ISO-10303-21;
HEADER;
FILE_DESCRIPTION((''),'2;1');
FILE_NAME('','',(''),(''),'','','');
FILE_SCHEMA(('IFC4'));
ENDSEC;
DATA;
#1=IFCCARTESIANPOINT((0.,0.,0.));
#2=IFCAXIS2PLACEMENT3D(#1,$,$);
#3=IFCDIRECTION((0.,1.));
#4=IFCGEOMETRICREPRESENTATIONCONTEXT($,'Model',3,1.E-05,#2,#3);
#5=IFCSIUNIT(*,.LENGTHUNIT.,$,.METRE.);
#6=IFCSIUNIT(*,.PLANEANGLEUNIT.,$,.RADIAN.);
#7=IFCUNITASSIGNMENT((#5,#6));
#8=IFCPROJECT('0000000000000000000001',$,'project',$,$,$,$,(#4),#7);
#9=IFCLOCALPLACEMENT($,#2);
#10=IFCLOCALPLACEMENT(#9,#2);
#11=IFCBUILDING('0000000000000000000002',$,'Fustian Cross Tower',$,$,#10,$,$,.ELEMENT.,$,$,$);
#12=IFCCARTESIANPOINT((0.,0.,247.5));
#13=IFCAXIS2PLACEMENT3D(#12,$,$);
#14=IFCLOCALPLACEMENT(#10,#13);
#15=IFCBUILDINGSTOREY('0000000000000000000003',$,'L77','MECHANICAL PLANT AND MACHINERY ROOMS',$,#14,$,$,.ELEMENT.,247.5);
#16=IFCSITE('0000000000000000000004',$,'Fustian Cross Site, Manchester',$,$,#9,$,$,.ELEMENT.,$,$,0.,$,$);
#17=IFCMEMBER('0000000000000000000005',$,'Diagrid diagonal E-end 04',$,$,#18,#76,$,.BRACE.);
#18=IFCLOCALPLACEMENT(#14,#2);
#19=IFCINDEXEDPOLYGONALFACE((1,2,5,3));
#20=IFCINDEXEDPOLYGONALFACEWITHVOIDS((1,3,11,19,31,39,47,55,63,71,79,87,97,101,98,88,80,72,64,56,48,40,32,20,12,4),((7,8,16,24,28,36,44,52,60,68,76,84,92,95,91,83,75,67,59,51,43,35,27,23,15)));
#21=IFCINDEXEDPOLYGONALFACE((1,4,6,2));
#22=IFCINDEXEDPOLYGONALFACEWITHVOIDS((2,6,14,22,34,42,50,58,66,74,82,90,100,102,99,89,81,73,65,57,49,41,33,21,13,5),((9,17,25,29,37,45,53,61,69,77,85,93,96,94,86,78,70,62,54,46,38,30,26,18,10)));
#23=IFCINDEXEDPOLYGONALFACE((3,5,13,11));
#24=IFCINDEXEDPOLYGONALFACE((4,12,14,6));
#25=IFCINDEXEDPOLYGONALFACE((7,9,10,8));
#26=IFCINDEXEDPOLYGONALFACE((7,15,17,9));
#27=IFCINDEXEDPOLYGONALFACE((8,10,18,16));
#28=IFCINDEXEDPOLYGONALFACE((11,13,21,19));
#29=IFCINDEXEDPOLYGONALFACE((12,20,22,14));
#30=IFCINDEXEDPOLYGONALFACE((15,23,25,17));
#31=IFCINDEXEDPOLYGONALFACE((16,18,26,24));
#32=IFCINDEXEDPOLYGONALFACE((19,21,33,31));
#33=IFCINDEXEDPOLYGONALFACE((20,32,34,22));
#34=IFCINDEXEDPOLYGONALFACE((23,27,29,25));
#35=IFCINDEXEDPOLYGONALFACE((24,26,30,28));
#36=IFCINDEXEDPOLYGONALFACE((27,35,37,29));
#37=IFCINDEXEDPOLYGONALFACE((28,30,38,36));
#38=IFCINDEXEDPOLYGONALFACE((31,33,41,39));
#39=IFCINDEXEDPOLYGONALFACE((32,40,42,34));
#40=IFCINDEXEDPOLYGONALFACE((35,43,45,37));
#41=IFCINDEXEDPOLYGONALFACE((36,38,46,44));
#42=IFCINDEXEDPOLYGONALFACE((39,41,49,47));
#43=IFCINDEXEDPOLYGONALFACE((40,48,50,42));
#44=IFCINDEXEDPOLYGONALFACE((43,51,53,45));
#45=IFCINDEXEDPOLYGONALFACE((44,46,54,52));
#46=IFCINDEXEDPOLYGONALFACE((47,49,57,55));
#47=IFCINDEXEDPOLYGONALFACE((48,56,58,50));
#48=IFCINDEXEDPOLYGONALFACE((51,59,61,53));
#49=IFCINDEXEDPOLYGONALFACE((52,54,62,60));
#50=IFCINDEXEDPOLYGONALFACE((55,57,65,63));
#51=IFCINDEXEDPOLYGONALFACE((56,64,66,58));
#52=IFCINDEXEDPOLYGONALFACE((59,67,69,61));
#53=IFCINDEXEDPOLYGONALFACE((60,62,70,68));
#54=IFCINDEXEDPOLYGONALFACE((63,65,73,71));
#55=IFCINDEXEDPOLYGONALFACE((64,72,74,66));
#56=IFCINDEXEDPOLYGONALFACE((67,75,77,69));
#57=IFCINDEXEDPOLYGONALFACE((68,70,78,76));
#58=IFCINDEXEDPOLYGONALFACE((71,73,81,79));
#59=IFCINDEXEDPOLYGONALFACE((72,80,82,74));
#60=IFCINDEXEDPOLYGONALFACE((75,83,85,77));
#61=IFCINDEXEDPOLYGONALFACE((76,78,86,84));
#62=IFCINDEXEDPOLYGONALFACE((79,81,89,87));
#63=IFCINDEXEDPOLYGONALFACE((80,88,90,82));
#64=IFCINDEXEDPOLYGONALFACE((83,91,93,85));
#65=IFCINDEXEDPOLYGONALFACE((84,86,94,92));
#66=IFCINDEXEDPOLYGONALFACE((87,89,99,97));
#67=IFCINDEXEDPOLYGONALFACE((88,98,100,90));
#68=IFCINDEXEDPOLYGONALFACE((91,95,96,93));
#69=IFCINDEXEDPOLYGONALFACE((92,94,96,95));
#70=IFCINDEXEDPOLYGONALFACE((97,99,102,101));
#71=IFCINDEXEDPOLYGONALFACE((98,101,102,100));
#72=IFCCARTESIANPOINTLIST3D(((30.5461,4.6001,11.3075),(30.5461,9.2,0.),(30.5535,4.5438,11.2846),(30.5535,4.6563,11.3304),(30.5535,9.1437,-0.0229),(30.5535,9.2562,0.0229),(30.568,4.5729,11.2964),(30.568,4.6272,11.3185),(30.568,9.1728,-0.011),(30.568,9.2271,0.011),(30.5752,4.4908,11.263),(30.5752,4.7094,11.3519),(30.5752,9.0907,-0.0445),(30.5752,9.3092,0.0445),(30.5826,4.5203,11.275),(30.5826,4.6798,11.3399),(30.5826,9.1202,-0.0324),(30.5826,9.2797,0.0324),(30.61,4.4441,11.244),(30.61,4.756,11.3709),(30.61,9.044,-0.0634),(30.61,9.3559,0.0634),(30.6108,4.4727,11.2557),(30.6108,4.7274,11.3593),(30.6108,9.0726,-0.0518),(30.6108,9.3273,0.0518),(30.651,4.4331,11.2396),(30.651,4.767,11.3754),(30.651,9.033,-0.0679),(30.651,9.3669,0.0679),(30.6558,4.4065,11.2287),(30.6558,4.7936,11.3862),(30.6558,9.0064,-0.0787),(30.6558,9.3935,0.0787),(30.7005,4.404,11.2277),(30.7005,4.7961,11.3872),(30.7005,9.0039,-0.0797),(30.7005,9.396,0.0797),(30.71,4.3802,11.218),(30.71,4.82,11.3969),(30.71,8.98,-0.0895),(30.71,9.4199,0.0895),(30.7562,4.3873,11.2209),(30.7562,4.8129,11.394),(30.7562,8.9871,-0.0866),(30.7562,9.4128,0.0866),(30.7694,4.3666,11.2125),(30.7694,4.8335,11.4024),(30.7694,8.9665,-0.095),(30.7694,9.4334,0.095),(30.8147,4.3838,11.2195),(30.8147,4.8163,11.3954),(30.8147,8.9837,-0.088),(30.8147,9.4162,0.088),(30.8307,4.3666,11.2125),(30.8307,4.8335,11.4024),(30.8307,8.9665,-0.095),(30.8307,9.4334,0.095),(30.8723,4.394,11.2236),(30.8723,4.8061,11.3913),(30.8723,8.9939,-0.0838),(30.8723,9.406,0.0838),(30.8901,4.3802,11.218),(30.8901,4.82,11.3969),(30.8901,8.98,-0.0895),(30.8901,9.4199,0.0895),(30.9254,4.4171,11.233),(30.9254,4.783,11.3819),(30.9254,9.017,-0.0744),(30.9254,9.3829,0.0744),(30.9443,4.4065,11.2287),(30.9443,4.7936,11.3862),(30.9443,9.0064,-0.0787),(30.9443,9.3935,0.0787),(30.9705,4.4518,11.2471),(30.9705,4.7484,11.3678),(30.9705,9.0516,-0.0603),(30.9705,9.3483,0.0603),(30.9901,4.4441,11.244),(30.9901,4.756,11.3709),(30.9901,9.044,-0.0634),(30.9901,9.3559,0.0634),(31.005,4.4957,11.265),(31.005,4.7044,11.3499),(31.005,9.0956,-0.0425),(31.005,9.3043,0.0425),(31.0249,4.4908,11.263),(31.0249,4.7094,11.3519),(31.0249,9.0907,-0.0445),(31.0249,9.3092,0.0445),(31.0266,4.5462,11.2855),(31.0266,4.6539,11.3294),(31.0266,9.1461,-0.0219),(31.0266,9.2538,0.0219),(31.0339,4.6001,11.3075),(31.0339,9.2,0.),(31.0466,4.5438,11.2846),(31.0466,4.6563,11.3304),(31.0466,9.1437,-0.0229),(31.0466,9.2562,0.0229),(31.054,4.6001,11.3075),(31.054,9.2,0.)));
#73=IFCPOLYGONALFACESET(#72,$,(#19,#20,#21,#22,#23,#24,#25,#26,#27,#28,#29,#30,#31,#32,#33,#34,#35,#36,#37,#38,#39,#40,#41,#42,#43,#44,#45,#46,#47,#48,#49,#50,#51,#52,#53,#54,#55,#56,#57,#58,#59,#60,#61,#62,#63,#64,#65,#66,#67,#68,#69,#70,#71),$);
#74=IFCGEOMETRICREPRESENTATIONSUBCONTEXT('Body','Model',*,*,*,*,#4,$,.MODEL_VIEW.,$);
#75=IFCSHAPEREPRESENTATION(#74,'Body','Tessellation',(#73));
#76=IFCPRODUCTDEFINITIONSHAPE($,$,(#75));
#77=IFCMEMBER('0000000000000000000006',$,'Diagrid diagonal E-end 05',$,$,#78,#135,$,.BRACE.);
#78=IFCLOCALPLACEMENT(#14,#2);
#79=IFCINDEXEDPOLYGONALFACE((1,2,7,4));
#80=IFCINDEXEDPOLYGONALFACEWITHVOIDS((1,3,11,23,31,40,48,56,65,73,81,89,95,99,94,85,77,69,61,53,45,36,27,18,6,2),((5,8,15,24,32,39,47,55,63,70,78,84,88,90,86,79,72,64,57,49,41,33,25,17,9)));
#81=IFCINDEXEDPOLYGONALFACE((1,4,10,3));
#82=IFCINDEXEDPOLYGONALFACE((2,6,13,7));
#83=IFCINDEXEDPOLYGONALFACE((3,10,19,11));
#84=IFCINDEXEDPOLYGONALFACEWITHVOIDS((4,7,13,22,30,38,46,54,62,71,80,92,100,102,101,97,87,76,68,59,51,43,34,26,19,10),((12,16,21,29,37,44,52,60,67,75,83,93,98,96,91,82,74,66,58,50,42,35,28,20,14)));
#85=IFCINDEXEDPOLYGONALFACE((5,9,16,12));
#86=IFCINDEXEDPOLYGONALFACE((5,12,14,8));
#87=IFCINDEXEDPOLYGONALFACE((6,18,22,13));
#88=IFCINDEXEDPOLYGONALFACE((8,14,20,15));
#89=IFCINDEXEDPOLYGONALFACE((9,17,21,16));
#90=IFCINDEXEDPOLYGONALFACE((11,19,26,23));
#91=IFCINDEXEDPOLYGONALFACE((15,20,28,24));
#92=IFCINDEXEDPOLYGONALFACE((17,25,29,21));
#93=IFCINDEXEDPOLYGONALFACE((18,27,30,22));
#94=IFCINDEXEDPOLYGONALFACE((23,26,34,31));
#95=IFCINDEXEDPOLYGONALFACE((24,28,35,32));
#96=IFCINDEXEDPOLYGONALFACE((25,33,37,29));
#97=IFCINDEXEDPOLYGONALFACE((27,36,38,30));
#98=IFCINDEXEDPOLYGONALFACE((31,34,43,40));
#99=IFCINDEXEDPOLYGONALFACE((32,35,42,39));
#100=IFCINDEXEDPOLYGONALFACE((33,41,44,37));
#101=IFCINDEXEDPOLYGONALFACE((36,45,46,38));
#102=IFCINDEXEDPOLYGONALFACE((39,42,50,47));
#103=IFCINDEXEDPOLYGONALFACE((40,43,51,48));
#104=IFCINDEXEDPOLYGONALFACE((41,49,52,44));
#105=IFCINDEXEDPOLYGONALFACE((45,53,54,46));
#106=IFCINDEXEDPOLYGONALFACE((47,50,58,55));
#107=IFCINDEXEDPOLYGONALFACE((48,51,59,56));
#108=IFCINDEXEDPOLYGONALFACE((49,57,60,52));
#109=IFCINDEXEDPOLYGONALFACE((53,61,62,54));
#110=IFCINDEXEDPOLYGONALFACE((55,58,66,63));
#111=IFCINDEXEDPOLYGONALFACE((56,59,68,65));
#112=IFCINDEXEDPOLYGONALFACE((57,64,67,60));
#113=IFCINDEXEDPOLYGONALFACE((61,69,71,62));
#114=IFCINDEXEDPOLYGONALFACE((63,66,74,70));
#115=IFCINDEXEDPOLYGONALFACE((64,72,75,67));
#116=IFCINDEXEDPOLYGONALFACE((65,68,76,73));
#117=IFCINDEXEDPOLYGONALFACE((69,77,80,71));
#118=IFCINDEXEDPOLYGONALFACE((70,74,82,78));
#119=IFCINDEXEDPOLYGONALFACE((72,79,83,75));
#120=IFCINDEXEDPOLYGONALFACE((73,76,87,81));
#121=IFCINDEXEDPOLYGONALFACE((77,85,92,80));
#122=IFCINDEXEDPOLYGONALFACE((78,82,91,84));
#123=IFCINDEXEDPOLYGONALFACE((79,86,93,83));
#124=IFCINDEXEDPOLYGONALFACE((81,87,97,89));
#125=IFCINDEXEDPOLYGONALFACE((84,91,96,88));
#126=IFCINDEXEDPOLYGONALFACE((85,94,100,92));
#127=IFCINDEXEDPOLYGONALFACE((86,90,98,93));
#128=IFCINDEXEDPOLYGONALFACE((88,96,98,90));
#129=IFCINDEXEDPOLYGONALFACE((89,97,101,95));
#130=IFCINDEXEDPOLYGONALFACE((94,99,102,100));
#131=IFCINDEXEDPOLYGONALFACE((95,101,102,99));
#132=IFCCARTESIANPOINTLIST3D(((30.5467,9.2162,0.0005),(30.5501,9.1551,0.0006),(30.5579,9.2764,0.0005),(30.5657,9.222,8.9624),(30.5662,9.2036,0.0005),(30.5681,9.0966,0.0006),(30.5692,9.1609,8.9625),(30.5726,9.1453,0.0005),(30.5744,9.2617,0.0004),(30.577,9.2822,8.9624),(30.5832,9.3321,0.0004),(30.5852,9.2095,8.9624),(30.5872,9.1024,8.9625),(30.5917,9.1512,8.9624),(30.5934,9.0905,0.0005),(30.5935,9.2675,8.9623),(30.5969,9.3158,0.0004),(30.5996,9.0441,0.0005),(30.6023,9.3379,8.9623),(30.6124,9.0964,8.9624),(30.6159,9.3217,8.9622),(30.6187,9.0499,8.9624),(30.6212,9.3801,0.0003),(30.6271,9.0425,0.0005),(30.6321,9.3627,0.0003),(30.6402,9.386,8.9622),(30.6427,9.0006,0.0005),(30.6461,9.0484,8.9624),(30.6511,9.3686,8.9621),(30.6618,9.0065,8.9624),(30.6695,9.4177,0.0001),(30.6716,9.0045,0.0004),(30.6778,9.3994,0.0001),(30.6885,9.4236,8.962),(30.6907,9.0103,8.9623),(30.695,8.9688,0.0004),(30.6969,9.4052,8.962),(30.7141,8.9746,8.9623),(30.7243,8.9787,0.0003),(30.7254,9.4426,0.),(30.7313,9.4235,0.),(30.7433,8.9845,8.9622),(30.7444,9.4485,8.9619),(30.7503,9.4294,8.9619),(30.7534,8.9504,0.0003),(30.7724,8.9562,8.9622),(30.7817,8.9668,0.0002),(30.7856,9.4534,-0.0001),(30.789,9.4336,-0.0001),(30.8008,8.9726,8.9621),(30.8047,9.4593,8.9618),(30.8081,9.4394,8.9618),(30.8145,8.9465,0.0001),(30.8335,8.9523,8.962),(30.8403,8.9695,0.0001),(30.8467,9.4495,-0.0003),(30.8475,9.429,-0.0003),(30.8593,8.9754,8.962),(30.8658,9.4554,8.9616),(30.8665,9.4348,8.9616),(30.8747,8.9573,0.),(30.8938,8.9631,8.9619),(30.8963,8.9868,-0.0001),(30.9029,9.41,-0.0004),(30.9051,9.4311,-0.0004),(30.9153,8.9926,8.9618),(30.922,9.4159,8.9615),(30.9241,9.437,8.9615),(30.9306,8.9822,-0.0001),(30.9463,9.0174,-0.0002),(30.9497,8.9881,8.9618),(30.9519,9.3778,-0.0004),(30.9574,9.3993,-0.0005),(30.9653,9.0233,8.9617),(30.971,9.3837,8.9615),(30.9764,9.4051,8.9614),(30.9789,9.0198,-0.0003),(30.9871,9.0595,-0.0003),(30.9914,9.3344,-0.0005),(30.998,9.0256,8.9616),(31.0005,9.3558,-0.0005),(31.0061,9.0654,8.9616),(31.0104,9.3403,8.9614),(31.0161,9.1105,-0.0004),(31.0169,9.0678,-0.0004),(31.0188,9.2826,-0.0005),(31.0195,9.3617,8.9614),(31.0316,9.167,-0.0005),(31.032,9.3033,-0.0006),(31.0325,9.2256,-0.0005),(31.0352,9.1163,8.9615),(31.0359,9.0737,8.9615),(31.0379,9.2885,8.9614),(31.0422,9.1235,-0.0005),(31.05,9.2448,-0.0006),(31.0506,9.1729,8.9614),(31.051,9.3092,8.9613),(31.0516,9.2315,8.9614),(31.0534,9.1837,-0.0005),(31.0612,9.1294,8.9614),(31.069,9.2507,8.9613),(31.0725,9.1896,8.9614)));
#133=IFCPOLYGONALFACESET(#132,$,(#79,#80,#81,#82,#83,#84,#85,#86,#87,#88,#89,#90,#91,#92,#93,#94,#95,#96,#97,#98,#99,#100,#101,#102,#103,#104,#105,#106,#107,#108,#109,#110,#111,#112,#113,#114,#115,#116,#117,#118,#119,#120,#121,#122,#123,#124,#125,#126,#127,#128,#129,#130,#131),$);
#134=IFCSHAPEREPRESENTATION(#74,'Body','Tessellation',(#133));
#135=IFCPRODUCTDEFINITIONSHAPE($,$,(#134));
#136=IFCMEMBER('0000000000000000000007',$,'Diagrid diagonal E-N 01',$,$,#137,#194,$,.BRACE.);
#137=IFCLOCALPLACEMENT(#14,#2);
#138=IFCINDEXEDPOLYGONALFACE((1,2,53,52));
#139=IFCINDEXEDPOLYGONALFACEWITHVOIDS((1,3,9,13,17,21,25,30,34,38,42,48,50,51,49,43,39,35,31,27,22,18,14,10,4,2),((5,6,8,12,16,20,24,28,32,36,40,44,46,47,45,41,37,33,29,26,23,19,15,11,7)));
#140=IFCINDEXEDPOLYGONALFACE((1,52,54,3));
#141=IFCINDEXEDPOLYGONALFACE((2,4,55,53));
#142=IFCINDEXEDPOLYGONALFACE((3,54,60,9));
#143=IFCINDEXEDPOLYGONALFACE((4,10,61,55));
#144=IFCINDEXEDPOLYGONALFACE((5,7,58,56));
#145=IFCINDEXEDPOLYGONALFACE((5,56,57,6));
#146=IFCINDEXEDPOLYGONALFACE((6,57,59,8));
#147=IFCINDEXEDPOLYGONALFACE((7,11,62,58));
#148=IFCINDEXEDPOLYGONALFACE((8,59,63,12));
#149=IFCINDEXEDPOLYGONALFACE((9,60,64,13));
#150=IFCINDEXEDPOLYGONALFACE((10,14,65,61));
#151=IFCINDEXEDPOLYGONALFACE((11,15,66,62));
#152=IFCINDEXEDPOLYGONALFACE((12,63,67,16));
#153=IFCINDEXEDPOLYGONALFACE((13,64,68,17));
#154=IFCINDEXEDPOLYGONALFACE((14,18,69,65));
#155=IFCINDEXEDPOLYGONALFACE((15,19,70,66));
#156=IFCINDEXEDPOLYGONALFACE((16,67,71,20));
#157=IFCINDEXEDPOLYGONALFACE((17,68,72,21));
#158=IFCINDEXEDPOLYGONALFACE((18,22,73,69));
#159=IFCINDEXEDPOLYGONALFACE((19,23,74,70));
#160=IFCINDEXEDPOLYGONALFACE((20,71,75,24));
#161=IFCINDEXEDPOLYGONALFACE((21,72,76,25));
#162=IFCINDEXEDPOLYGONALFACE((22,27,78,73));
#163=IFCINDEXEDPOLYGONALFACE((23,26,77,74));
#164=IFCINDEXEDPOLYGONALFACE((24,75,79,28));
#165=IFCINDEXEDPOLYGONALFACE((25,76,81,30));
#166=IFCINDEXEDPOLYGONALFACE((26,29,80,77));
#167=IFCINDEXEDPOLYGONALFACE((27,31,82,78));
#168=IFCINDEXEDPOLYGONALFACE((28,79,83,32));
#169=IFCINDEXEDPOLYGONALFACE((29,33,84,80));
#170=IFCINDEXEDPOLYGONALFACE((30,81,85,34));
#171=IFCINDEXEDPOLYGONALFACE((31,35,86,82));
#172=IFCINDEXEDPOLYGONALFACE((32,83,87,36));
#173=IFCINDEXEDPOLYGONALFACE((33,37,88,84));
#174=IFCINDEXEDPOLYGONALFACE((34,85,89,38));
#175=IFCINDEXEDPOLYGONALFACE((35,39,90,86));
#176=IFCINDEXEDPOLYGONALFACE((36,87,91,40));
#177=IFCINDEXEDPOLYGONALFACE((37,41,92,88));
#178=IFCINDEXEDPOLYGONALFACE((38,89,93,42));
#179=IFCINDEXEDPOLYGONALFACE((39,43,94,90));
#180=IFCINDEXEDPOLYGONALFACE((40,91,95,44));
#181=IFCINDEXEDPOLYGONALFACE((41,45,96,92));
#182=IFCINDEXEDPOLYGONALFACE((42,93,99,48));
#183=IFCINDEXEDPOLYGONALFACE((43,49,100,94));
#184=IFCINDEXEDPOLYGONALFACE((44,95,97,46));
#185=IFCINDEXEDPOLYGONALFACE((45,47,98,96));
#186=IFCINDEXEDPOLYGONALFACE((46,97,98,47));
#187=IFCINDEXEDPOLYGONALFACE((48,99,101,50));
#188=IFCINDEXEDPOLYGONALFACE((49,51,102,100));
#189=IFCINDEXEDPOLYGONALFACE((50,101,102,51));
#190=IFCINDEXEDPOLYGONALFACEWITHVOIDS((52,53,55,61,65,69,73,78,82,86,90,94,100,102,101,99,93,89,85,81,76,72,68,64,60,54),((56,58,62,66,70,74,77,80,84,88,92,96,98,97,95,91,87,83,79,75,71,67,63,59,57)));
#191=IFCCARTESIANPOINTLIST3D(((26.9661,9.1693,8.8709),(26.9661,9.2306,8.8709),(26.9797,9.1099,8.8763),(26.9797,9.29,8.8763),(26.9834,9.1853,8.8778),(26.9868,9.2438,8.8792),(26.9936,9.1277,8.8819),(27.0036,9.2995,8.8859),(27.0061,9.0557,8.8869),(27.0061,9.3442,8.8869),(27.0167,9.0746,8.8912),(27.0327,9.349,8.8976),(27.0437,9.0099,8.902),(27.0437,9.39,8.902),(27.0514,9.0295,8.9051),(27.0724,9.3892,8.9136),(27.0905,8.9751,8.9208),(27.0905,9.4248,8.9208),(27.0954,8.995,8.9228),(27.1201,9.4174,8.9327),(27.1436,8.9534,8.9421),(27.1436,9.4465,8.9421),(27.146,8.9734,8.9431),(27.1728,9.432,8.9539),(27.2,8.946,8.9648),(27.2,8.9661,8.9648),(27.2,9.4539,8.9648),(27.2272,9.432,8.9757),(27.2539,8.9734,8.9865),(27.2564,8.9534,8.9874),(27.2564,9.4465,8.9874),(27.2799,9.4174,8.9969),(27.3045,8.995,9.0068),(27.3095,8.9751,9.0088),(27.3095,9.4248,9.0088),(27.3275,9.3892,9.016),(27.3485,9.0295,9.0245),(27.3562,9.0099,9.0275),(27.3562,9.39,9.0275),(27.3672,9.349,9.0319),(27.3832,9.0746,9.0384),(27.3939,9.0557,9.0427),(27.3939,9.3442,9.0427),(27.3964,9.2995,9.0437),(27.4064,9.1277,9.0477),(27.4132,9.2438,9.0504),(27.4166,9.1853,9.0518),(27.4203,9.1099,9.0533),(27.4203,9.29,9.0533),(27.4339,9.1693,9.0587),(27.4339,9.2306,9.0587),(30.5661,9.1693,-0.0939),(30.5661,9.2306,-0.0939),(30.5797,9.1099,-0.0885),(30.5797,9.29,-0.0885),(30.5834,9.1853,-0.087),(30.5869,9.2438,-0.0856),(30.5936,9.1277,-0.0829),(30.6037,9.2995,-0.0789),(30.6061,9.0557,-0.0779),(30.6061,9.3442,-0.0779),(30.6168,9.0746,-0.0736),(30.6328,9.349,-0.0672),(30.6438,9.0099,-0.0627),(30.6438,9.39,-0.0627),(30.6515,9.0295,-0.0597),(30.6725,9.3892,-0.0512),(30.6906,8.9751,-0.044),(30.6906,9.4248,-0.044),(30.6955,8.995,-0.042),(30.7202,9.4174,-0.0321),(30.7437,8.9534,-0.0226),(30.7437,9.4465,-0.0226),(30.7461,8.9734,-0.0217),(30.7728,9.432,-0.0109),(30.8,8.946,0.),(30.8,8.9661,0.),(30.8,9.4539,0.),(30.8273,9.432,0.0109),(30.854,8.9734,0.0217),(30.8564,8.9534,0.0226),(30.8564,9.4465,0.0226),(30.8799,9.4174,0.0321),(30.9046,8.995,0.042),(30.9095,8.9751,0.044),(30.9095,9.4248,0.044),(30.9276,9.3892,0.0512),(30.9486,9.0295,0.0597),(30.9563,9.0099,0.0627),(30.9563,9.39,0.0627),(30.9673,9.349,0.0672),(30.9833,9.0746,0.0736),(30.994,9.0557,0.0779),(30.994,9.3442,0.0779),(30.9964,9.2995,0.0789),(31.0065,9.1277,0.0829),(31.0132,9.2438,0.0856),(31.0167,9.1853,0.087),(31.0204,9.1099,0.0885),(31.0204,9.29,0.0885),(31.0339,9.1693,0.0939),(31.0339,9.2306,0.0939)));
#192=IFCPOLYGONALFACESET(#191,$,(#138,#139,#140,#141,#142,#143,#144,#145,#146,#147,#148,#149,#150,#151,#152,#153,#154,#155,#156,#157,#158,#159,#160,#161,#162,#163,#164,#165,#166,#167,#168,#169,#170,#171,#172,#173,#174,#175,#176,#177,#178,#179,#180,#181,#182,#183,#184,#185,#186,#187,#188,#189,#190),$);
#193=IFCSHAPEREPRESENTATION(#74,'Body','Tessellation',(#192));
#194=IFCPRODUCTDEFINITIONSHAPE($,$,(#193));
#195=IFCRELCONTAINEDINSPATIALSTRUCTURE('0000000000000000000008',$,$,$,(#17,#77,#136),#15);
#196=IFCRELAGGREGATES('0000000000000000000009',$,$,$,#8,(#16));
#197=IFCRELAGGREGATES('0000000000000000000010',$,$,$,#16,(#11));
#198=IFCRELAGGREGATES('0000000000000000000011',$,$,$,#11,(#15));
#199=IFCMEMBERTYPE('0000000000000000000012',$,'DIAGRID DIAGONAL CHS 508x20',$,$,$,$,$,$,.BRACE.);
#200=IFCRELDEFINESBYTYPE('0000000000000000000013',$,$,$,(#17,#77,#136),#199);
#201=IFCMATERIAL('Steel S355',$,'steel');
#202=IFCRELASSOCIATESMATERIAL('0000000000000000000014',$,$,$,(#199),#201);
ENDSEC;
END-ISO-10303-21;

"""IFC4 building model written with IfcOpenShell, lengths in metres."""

from ifc_helpers import new_model, si_unit, direction, frame, origin, origin_2d, place, context, subcontext, project, spatial, hollow_circle, extrude, material, material_profile, profile_set, type_object, element, save


model = new_model("IFC4")

# Units and contexts
model_context = context("Model", 3, precision=1e-05, world=origin(), true_north=direction((0.0, 1.0)))
body_context = subcontext(model_context, "Body", "Model", "MODEL_VIEW")
ifc_project = project(units=[si_unit("LENGTHUNIT", "METRE"), si_unit("PLANEANGLEUNIT", "RADIAN")], contexts=[model_context])

# Site, building, storey
site_placement = place(None, origin())
site = spatial("IfcSite", under=ifc_project, at=site_placement, Name="Fustian Cross Site, Manchester", CompositionType="ELEMENT", RefElevation=0.0)
building_placement = place(site_placement, origin())
building = spatial("IfcBuilding", under=site, at=building_placement, Name="Fustian Cross Tower", CompositionType="ELEMENT")
storey_placement = place(building_placement, frame((0.0, 0.0, 247.5)))
storey = spatial("IfcBuildingStorey", under=building, at=storey_placement, Name="L77", Description="MECHANICAL PLANT AND MACHINERY ROOMS", CompositionType="ELEMENT", Elevation=247.5)

# Members
ifc_material_1 = material(Name="Steel S355", Category="steel")
ifc_material_profile_1 = material_profile(ifc_material_1, hollow_circle(Radius=0.2539, WallThickness=0.02, at=origin_2d()), Name="CHS 508x20")
ifc_profile_set_1 = profile_set([ifc_material_profile_1], Name="Steel S355")
member_type_1 = type_object("IfcMemberType", Name="DIAGRID DIAGONAL CHS 508x20", PredefinedType="BRACE", material=ifc_profile_set_1)
member_1_placement = place(storey_placement, frame((30.8, 9.2, 0.0), z_axis=(0.0, -0.376815, 0.926288), x_axis=(1.0, 0.0, 0.0)))
element("IfcMember", 1, at=member_1_placement, inside=storey, type_object=member_type_1, Name="Diagrid diagonal E-end 04", PredefinedType="BRACE", context=body_context, shape_type="SweptSolid", body=[
    extrude(hollow_circle(Radius=0.2539, WallThickness=0.02, at=origin_2d()), origin(), (0.0, 0.0, 1.0), 12.2073),
])
member_2_placement = place(storey_placement, frame((30.8, 9.2, 0.0), z_axis=(0.002125, 0.000654, 0.999998), x_axis=(-0.294086, 0.955779, 0.0)))
element("IfcMember", 2, at=member_2_placement, inside=storey, type_object=member_type_1, Name="Diagrid diagonal E-end 05", PredefinedType="BRACE", context=body_context, shape_type="SweptSolid", body=[
    extrude(hollow_circle(Radius=0.2539, WallThickness=0.02, at=origin_2d()), origin(), (0.0, 0.0, 1.0), 8.9619),
])
member_3_placement = place(storey_placement, frame((30.8, 9.2, 0.0), z_axis=(-0.372654, 0.0, 0.92797), x_axis=(0.0, -1.0, 0.0)))
element("IfcMember", 3, at=member_3_placement, inside=storey, type_object=member_type_1, Name="Diagrid diagonal E-N 01", PredefinedType="BRACE", context=body_context, shape_type="SweptSolid", body=[
    extrude(hollow_circle(Radius=0.2539, WallThickness=0.02, at=origin_2d()), origin(), (0.0, 0.0, 1.0), 9.6606),
])

save(model, "model.ifc")
